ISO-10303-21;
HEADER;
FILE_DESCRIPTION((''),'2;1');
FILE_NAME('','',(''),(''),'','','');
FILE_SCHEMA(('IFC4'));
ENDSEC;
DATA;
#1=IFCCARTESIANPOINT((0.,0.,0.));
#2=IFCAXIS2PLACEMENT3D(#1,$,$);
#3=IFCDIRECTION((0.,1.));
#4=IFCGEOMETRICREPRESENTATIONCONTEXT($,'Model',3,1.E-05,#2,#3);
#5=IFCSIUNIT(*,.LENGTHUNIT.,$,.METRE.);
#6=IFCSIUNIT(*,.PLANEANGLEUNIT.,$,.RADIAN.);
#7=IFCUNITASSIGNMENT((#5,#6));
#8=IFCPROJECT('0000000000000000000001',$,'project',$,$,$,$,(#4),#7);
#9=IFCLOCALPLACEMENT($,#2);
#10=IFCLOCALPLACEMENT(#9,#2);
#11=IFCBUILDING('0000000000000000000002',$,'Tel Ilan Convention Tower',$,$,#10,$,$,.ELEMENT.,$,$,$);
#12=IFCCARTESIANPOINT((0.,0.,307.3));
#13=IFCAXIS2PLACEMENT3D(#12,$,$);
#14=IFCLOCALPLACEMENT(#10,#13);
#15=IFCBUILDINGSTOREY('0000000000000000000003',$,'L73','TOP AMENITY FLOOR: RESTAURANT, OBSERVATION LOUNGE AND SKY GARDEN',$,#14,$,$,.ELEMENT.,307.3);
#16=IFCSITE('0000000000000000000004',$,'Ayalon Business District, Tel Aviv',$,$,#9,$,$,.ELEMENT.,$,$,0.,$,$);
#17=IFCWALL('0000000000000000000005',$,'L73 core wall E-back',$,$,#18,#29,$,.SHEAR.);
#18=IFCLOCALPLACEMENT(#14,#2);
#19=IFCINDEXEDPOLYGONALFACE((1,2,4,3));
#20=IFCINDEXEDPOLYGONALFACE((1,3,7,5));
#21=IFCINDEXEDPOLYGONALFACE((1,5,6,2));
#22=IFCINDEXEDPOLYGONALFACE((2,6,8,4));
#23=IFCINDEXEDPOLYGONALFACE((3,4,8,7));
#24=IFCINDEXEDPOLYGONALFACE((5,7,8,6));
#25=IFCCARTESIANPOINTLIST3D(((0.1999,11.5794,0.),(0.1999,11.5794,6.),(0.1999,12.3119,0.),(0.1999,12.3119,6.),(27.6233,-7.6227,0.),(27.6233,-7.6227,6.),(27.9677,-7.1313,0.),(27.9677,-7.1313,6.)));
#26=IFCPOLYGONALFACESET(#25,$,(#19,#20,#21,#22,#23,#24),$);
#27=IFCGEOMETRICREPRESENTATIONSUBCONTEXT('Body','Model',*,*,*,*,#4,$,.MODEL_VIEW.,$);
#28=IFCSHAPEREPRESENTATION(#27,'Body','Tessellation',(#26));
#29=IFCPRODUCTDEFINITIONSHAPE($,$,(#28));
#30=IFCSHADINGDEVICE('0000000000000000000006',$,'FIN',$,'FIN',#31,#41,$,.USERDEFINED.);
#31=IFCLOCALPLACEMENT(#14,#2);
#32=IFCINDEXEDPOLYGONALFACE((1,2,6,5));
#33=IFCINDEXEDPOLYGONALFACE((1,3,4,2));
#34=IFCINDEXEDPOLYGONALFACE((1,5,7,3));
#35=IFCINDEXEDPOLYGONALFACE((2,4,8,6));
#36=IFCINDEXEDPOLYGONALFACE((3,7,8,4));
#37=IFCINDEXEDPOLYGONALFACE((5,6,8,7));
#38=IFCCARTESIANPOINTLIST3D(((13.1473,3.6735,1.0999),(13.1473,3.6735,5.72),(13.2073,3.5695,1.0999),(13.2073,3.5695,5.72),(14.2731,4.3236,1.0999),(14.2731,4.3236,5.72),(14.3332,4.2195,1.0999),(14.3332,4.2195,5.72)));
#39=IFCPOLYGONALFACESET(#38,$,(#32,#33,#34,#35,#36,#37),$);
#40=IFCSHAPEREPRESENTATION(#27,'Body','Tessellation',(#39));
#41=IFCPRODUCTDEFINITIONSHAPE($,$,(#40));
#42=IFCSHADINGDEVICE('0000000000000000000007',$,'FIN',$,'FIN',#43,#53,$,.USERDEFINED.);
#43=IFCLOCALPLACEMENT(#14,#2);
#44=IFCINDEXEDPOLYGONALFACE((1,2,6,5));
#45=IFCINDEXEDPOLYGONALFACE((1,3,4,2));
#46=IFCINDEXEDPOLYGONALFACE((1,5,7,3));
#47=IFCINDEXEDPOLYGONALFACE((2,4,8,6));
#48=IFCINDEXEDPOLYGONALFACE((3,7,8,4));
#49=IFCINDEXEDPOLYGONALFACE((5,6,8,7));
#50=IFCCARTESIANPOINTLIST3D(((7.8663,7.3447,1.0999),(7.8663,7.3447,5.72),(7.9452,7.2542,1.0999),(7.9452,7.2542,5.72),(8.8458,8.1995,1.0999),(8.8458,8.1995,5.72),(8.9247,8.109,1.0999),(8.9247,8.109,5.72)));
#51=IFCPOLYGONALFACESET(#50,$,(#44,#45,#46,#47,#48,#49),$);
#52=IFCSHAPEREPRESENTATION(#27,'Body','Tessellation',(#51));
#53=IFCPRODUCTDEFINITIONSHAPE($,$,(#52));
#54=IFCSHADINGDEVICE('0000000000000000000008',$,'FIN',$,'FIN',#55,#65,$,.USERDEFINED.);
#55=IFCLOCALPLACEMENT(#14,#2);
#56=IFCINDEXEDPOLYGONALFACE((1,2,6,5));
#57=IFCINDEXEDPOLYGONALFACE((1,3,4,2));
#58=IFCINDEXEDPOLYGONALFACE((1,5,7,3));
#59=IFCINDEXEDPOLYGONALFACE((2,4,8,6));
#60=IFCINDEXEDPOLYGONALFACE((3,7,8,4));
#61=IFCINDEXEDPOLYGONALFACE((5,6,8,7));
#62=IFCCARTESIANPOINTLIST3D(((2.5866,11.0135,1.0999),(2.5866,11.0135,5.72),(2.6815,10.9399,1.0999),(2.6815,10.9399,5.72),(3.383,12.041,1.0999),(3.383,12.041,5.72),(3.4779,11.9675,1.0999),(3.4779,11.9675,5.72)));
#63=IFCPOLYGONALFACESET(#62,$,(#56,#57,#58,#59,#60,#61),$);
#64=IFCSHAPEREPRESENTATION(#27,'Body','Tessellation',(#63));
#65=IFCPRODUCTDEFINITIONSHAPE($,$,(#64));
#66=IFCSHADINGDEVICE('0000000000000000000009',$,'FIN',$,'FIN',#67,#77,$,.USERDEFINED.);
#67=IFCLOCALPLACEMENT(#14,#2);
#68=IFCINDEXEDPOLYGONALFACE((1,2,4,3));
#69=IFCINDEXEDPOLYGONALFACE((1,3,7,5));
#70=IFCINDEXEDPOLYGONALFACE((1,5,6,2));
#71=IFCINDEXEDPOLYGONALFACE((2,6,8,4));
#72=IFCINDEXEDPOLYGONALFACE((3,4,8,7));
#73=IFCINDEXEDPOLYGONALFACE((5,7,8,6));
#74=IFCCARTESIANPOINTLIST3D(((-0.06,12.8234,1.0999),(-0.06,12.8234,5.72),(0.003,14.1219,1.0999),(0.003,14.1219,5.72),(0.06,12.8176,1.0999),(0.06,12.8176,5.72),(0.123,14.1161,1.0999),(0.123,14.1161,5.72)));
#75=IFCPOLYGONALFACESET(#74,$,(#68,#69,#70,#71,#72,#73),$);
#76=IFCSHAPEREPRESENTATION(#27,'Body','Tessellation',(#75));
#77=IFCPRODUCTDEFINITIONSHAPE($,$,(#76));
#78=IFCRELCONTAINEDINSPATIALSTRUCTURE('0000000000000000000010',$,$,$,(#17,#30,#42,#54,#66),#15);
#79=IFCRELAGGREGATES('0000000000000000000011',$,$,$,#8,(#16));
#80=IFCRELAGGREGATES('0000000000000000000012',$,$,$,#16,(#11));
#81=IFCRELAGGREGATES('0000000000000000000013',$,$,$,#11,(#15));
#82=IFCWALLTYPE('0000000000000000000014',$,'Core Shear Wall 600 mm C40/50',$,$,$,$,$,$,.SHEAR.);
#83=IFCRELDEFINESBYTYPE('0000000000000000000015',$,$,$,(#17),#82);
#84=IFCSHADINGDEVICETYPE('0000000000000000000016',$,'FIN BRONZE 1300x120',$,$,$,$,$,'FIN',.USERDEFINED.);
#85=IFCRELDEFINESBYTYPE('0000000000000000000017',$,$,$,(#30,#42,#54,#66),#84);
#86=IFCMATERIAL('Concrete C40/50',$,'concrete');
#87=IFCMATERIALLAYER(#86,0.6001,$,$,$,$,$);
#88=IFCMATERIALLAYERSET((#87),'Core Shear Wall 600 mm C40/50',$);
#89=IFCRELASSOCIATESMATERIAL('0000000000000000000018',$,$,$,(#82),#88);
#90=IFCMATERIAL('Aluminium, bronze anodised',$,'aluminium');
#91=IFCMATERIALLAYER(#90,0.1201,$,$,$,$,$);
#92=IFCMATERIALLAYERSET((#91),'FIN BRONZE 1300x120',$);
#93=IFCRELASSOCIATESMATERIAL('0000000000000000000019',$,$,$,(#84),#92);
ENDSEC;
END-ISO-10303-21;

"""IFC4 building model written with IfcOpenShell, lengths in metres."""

from ifc_helpers import new_model, si_unit, direction, frame, origin, origin_2d, place, context, subcontext, project, spatial, polyline, rectangle, outline, extrude, material, layer, layer_set, type_object, element, save


model = new_model("IFC4")

# Units and contexts
model_context = context("Model", 3, precision=1e-05, world=origin(), true_north=direction((0.0, 1.0)))
body_context = subcontext(model_context, "Body", "Model", "MODEL_VIEW")
ifc_project = project(units=[si_unit("LENGTHUNIT", "METRE"), si_unit("PLANEANGLEUNIT", "RADIAN")], contexts=[model_context])

# Site, building, storey
site_placement = place(None, origin())
site = spatial("IfcSite", under=ifc_project, at=site_placement, Name="Ayalon Business District, Tel Aviv", CompositionType="ELEMENT", RefElevation=0.0)
building_placement = place(site_placement, origin())
building = spatial("IfcBuilding", under=site, at=building_placement, Name="Tel Ilan Convention Tower", CompositionType="ELEMENT")
storey_placement = place(building_placement, frame((0.0, 0.0, 307.3)))
storey = spatial("IfcBuildingStorey", under=building, at=storey_placement, Name="L73", Description="TOP AMENITY FLOOR: RESTAURANT, OBSERVATION LOUNGE AND SKY GARDEN", CompositionType="ELEMENT", Elevation=307.3)

# Wall
ifc_material_1 = material(Name="Concrete C40/50", Category="concrete")
ifc_layer_1 = layer(ifc_material_1, 0.6001)
ifc_layer_set_1 = layer_set([ifc_layer_1], Name="Core Shear Wall 600 mm C40/50")
wall_type_1 = type_object("IfcWallType", Name="Core Shear Wall 600 mm C40/50", PredefinedType="SHEAR", material=ifc_layer_set_1)
wall_1_placement = place(storey_placement, frame((0.0278, 12.0662, 0.0), z_axis=(0.0, 0.0, 1.0), x_axis=(0.819151, -0.573577, 0.0)))
element("IfcWall", 1, at=wall_1_placement, inside=storey, type_object=wall_type_1, Name="L73 core wall E-back", PredefinedType="SHEAR", context=body_context, shape_type="SweptSolid", body=[
    extrude(outline(polyline([(33.8982, 0.3), (0.0, 0.3), (0.4202, -0.3), (33.8979, -0.3), (33.8982, 0.3)])), origin(), (0.0, 0.0, 1.0), 6.0),
])

# Shading devices
ifc_material_2 = material(Name="Aluminium, bronze anodised", Category="aluminium")
ifc_layer_2 = layer(ifc_material_2, 0.1201)
ifc_layer_set_2 = layer_set([ifc_layer_2], Name="FIN BRONZE 1300x120")
shading_device_type = type_object("IfcShadingDeviceType", Name="FIN BRONZE 1300x120", ElementType="FIN", PredefinedType="USERDEFINED", material=ifc_layer_set_2)
for number, where, z_axis, x_axis, name in (
    (2, (13.7402, 3.9465, 1.0999), (0.0, 0.0, 1.0), (0.866025, 0.5, 0.0), "FIN"),
    (3, (8.3955, 7.7268, 1.0999), (0.0, 0.0, 1.0), (0.753436, 0.657521, 0.0), "FIN"),
    (4, (3.0322, 11.4905, 1.0999), (0.0, 0.0, 1.0), (0.612601, 0.790393, 0.0), "FIN"),
    (5, (0.0315, 13.4697, 1.0999), (0.0, 0.0, 1.0), (0.048462, 0.998825, 0.0), "FIN"),
):
    element("IfcShadingDevice", number, at=place(storey_placement, frame(where, z_axis=z_axis, x_axis=x_axis)), inside=storey, type_object=shading_device_type, Name=name, ObjectType="FIN", PredefinedType="USERDEFINED", context=body_context, shape_type="SweptSolid", body=[
        extrude(rectangle(XDim=1.3, YDim=0.1201, at=origin_2d()), origin(), (0.0, 0.0, 1.0), 4.6201),
    ])

save(model, "model.ifc")
